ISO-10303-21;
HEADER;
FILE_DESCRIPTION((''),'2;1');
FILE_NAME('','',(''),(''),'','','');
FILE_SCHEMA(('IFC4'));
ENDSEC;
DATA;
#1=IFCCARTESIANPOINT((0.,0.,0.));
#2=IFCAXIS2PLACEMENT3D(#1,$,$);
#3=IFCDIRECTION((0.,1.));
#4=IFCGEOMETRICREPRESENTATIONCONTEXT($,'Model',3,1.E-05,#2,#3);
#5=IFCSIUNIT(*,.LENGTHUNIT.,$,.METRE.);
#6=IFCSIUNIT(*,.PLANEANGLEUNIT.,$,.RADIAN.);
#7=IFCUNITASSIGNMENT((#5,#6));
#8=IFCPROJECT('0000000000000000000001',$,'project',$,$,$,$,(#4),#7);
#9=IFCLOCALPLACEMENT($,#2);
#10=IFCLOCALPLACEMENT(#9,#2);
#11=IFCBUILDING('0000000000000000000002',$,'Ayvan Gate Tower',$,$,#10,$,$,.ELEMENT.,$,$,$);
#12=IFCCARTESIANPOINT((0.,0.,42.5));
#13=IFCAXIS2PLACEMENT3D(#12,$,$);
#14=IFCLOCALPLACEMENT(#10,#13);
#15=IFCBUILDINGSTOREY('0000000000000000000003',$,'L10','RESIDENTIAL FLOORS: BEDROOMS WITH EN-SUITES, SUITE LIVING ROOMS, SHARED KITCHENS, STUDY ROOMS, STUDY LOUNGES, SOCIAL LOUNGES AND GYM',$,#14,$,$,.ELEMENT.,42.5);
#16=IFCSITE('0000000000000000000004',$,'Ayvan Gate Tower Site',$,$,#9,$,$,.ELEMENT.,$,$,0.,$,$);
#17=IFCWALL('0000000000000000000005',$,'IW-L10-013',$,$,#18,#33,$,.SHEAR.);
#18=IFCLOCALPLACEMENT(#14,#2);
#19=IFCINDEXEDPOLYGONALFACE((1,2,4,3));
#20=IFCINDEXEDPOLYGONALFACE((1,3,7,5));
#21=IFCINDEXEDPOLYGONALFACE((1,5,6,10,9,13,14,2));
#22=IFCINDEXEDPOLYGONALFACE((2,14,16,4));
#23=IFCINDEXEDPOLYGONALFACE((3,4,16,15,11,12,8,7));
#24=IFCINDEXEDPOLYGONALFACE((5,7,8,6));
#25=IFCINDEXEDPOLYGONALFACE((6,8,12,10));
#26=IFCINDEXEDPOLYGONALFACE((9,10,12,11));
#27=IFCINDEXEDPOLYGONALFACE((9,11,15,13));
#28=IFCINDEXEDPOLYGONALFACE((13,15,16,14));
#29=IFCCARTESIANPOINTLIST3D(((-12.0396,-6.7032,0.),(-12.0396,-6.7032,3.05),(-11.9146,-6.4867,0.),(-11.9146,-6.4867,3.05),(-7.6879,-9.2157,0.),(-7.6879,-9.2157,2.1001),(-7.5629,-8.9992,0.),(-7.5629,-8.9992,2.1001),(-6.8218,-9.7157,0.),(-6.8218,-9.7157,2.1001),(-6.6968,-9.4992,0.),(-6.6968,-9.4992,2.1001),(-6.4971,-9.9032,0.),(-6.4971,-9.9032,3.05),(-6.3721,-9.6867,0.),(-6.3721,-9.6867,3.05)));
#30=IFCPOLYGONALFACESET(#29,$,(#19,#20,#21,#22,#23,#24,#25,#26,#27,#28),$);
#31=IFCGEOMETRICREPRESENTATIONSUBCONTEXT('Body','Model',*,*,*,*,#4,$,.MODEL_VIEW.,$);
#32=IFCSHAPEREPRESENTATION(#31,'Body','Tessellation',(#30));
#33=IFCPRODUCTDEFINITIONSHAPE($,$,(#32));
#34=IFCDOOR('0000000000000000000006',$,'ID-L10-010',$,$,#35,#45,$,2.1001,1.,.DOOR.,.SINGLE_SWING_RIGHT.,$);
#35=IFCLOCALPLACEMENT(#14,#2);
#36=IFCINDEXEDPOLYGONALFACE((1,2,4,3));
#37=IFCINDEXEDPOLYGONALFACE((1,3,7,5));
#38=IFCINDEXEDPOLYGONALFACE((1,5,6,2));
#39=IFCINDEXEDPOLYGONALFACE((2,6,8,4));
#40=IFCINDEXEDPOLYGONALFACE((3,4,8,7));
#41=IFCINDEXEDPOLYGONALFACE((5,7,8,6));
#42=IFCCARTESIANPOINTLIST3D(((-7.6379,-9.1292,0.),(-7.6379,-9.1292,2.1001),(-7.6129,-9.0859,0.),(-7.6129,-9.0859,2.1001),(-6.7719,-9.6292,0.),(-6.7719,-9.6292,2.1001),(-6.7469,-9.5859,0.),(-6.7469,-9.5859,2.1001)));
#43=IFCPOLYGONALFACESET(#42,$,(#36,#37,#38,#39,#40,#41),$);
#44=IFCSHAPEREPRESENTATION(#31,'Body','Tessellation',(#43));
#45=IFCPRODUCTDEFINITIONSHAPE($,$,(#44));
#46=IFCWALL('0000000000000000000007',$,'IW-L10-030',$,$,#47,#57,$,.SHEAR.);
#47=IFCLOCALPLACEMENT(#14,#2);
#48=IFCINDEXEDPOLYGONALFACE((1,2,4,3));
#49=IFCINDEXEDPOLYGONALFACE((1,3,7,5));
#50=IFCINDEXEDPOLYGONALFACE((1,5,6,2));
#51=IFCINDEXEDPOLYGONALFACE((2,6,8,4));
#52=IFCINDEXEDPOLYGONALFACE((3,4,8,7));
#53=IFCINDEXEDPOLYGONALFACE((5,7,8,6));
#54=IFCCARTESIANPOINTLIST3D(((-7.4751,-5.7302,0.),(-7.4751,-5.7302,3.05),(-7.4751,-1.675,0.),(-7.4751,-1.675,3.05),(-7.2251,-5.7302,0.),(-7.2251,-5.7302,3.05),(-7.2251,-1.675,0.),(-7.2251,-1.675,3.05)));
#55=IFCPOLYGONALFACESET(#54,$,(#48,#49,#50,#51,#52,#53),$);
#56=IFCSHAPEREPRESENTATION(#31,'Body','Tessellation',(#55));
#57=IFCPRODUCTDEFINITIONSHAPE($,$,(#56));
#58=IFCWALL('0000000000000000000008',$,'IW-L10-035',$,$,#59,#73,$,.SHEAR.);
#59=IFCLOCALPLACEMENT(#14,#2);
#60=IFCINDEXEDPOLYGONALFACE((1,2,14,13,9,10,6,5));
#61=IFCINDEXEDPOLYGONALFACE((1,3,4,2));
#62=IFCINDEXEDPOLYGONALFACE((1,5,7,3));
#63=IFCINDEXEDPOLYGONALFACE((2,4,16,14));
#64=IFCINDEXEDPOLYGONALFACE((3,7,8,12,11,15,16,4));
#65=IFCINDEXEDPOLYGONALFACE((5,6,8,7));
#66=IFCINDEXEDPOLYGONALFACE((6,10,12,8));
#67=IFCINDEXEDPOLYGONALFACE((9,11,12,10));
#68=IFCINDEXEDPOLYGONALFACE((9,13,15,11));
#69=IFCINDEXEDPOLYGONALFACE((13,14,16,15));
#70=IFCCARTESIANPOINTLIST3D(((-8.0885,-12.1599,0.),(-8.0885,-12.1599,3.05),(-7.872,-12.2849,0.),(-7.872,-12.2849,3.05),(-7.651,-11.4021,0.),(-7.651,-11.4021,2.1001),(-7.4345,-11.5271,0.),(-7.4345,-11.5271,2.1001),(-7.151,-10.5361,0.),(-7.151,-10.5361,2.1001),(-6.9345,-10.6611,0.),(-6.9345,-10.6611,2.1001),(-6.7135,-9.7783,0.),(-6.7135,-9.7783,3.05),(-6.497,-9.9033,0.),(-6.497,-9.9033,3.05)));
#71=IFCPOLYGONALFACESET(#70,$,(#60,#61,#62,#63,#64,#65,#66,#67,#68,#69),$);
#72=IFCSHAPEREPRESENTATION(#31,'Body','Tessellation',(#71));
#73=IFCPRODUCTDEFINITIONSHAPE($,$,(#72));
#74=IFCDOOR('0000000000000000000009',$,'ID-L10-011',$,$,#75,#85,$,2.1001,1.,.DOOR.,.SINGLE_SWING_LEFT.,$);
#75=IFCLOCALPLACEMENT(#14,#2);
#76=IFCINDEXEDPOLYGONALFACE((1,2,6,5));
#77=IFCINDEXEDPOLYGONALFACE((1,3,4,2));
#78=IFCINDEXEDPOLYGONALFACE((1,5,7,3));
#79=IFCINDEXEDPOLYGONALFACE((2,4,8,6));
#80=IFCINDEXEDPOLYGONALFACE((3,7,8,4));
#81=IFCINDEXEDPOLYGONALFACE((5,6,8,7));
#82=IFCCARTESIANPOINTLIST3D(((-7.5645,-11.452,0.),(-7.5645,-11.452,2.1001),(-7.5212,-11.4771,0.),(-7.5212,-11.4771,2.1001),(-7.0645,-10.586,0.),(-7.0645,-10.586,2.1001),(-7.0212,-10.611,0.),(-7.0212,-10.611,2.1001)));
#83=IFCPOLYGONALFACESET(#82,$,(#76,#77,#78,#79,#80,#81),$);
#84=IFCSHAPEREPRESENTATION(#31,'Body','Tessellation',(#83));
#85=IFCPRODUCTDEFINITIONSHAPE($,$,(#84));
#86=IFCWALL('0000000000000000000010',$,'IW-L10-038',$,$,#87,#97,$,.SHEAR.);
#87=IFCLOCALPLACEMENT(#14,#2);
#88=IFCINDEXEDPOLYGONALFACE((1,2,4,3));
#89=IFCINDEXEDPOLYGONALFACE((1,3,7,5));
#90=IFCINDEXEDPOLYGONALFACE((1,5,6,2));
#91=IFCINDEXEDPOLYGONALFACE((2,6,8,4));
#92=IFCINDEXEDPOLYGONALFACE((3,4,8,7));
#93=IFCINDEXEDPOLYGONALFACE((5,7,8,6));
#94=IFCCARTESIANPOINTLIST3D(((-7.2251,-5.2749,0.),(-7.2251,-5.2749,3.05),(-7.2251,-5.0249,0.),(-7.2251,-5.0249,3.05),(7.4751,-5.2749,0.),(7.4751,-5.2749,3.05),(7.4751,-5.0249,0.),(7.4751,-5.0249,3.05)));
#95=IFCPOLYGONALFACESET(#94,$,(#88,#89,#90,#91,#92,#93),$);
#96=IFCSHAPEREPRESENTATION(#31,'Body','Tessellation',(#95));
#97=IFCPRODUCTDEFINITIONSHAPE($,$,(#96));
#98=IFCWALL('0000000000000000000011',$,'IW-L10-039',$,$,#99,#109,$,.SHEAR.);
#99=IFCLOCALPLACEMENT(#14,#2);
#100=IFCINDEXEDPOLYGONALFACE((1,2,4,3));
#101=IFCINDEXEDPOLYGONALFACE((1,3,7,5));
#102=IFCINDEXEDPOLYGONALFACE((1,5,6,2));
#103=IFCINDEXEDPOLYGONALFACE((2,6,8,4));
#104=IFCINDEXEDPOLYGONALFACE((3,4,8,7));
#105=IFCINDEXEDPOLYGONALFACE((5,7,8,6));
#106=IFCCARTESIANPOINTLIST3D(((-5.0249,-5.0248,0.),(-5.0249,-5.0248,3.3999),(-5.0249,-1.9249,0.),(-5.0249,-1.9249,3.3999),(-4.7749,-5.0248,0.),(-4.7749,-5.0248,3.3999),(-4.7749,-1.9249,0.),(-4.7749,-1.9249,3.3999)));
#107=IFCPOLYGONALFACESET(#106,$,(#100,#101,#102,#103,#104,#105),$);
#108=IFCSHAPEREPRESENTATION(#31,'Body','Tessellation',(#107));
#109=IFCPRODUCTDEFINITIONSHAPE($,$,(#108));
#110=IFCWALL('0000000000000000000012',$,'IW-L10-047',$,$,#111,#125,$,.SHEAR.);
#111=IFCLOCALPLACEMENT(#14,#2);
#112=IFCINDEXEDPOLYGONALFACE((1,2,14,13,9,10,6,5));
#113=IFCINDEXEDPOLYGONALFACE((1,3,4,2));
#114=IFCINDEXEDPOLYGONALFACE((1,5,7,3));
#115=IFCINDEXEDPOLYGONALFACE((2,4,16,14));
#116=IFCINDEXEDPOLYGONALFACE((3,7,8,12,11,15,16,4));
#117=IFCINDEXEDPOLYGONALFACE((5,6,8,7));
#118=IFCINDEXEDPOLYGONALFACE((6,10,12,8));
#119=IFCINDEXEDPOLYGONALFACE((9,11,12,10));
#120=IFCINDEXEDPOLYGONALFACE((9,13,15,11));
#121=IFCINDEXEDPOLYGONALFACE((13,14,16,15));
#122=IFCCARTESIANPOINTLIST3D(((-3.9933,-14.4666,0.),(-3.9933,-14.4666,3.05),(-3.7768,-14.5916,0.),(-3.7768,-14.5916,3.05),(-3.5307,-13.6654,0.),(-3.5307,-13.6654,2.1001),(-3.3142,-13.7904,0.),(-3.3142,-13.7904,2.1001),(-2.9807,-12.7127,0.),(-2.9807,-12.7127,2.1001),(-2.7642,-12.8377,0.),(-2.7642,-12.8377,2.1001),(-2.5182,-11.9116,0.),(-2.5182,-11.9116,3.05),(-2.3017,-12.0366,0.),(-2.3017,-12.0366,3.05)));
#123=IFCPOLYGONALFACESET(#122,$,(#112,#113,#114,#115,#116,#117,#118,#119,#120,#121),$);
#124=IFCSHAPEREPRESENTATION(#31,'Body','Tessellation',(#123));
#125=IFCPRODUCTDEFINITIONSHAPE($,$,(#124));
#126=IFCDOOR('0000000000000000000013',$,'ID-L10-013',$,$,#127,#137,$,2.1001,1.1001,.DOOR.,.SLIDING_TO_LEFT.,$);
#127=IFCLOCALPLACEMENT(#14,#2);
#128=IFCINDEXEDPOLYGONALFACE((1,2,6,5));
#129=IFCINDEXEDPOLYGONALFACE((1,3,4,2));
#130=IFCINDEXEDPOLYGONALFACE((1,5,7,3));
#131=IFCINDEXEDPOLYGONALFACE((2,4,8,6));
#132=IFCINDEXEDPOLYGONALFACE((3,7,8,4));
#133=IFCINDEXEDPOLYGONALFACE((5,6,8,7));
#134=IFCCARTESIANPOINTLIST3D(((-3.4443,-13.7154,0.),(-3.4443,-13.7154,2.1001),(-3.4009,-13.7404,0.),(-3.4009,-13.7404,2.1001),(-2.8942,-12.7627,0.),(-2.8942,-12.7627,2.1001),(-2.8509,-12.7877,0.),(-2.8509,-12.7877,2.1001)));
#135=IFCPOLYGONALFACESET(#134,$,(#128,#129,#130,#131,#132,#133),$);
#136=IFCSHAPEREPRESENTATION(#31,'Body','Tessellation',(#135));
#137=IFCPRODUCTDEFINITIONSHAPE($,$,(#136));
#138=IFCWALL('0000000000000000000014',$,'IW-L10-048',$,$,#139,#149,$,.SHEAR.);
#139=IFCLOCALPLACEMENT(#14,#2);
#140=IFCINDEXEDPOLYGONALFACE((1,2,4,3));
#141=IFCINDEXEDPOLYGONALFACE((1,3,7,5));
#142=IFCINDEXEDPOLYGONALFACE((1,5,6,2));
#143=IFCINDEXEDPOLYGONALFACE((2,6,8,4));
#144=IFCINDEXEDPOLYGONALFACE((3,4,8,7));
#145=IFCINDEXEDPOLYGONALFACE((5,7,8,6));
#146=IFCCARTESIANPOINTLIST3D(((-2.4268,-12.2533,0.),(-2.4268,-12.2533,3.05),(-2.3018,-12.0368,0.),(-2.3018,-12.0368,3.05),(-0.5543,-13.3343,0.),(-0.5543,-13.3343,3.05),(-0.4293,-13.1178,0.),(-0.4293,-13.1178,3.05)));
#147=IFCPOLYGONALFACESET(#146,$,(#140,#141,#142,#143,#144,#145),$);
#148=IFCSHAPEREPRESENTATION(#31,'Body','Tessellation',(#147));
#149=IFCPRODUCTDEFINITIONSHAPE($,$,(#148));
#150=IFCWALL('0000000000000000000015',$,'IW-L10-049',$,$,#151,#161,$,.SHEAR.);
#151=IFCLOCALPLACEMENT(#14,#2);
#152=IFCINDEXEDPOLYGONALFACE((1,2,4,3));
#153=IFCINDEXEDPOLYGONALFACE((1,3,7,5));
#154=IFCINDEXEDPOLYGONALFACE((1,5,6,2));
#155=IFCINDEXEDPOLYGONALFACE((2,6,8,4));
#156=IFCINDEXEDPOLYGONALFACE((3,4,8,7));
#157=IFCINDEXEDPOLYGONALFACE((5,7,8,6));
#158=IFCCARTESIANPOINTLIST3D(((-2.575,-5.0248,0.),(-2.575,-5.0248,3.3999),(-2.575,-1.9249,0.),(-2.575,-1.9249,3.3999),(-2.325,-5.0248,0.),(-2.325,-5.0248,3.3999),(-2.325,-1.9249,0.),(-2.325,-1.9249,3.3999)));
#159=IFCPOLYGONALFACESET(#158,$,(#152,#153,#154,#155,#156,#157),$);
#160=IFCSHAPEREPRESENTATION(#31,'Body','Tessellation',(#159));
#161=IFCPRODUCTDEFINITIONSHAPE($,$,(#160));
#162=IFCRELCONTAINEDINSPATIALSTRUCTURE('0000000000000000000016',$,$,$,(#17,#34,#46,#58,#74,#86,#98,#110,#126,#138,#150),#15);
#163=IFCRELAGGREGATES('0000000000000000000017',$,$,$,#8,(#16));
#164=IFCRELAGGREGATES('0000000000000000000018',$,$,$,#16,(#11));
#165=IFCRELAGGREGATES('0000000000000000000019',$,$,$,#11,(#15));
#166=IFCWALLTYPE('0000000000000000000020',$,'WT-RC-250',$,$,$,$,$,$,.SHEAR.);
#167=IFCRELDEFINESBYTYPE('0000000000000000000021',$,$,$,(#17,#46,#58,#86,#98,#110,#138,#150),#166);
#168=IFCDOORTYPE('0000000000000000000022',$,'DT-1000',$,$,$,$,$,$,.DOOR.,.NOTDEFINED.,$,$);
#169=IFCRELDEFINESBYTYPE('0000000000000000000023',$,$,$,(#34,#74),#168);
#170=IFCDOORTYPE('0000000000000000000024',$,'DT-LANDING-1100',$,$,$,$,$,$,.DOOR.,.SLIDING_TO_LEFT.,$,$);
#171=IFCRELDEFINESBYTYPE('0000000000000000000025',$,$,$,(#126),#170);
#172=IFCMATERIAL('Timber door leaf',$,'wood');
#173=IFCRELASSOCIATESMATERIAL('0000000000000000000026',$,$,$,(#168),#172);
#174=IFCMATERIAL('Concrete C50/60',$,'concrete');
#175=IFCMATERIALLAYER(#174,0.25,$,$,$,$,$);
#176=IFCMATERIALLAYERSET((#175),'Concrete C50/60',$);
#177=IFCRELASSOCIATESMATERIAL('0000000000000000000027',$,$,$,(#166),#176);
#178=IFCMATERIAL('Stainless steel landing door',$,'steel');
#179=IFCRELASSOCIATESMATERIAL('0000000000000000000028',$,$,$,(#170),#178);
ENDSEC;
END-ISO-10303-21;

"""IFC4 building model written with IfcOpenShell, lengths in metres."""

from ifc_helpers import new_model, si_unit, direction, frame, frame_2d, origin, place, context, subcontext, project, spatial, rectangle, extrude, material, layer, layer_set, type_object, element, fill, save


model = new_model("IFC4")

# Units and contexts
model_context = context("Model", 3, precision=1e-05, world=origin(), true_north=direction((0.0, 1.0)))
body_context = subcontext(model_context, "Body", "Model", "MODEL_VIEW")
ifc_project = project(units=[si_unit("LENGTHUNIT", "METRE"), si_unit("PLANEANGLEUNIT", "RADIAN")], contexts=[model_context])

# Site, building, storey
site_placement = place(None, origin())
site = spatial("IfcSite", under=ifc_project, at=site_placement, Name="Ayvan Gate Tower Site", CompositionType="ELEMENT", RefElevation=0.0)
building_placement = place(site_placement, origin())
building = spatial("IfcBuilding", under=site, at=building_placement, Name="Ayvan Gate Tower", CompositionType="ELEMENT")
storey_placement = place(building_placement, frame((0.0, 0.0, 42.5)))
storey = spatial("IfcBuildingStorey", under=building, at=storey_placement, Name="L10", Description="RESIDENTIAL FLOORS: BEDROOMS WITH EN-SUITES, SUITE LIVING ROOMS, SHARED KITCHENS, STUDY ROOMS, STUDY LOUNGES, SOCIAL LOUNGES AND GYM", CompositionType="ELEMENT", Elevation=42.5)

# Shared definitions
ifc_material_1 = material(Name="Timber door leaf", Category="wood")

# Shared definitions
door_type_1 = type_object("IfcDoorType", Name="DT-1000", OperationType="NOTDEFINED", PredefinedType="DOOR", material=ifc_material_1)

# Shared definitions
ifc_material_2 = material(Name="Concrete C50/60", Category="concrete")
ifc_layer_1 = layer(ifc_material_2, 0.25)
ifc_layer_set_1 = layer_set([ifc_layer_1], Name="Concrete C50/60")
wall_type_1 = type_object("IfcWallType", Name="WT-RC-250", PredefinedType="SHEAR", material=ifc_layer_set_1)

# Wall, opening, door
wall_1_placement = place(storey_placement, frame((-11.9771, -6.595, 0.0), z_axis=(0.0, 0.0, 1.0), x_axis=(0.866025, -0.5, 0.0)))
wall_1 = element("IfcWall", 1, at=wall_1_placement, inside=storey, type_object=wall_type_1, Name="IW-L10-013", PredefinedType="SHEAR", context=body_context, shape_type="SweptSolid", body=[
    extrude(rectangle(XDim=6.3999, YDim=0.25, at=frame_2d((3.2, 0.0))), origin(), (0.0, 0.0, 1.0), 3.05),
])
opening_1_placement = place(wall_1_placement, frame((5.0249, 0.0, 0.0)))
opening_1 = element("IfcOpeningElement", 2, at=opening_1_placement, cuts=wall_1, PredefinedType="OPENING", context=body_context, shape_type="SweptSolid", body=[
    extrude(rectangle(XDim=1.0, YDim=2.1001, at=frame_2d((0.5, 1.05))), frame((0.0, 0.135, 0.0), z_axis=(0.0, -1.0, 0.0), x_axis=(1.0, 0.0, 0.0)), (0.0, 0.0, 1.0), 0.27),
])
door_1_placement = place(opening_1_placement, origin())
door_1 = element("IfcDoor", 3, at=door_1_placement, inside=storey, type_object=door_type_1, Name="ID-L10-010", OperationType="SINGLE_SWING_RIGHT", OverallHeight=2.1001, OverallWidth=1.0, PredefinedType="DOOR", context=body_context, shape_type="SweptSolid", body=[
    extrude(rectangle(XDim=1.0, YDim=2.1001, at=frame_2d((0.5, 1.05))), frame((0.0, 0.0249, 0.0), z_axis=(0.0, -1.0, 0.0), x_axis=(1.0, 0.0, 0.0)), (0.0, 0.0, 1.0), 0.05),
])
fill(opening_1, door_1)

# Wall
wall_2_placement = place(storey_placement, frame((-7.3501, -5.7302, 0.0), z_axis=(0.0, 0.0, 1.0), x_axis=(0.0, 1.0, 0.0)))
element("IfcWall", 4, at=wall_2_placement, inside=storey, type_object=wall_type_1, Name="IW-L10-030", PredefinedType="SHEAR", context=body_context, shape_type="SweptSolid", body=[
    extrude(rectangle(XDim=4.0552, YDim=0.25, at=frame_2d((2.0276, 0.0))), origin(), (0.0, 0.0, 1.0), 3.05),
])

# Wall, opening, door
wall_3_placement = place(storey_placement, frame((-6.6052, -9.8408, 0.0), z_axis=(0.0, 0.0, 1.0), x_axis=(-0.499997, -0.866027, 0.0)))
wall_3 = element("IfcWall", 5, at=wall_3_placement, inside=storey, type_object=wall_type_1, Name="IW-L10-035", PredefinedType="SHEAR", context=body_context, shape_type="SweptSolid", body=[
    extrude(rectangle(XDim=2.75, YDim=0.25, at=frame_2d((1.375, 0.0))), origin(), (0.0, 0.0, 1.0), 3.05),
])
opening_2_placement = place(wall_3_placement, frame((0.875, 0.0, 0.0)))
opening_2 = element("IfcOpeningElement", 6, at=opening_2_placement, cuts=wall_3, PredefinedType="OPENING", context=body_context, shape_type="SweptSolid", body=[
    extrude(rectangle(XDim=1.0, YDim=2.1001, at=frame_2d((0.5, 1.05))), frame((0.0, 0.135, 0.0), z_axis=(0.0, -1.0, 0.0), x_axis=(1.0, 0.0, 0.0)), (0.0, 0.0, 1.0), 0.27),
])
door_2_placement = place(opening_2_placement, origin())
door_2 = element("IfcDoor", 7, at=door_2_placement, inside=storey, type_object=door_type_1, Name="ID-L10-011", OperationType="SINGLE_SWING_LEFT", OverallHeight=2.1001, OverallWidth=1.0, PredefinedType="DOOR", context=body_context, shape_type="SweptSolid", body=[
    extrude(rectangle(XDim=1.0, YDim=2.1001, at=frame_2d((0.5, 1.05))), frame((0.0, 0.0249, 0.0), z_axis=(0.0, -1.0, 0.0), x_axis=(1.0, 0.0, 0.0)), (0.0, 0.0, 1.0), 0.05),
])
fill(opening_2, door_2)

# Walls
wall_4_placement = place(storey_placement, frame((-7.2251, -5.1499, 0.0), z_axis=(0.0, 0.0, 1.0), x_axis=(1.0, 0.0, 0.0)))
element("IfcWall", 8, at=wall_4_placement, inside=storey, type_object=wall_type_1, Name="IW-L10-038", PredefinedType="SHEAR", context=body_context, shape_type="SweptSolid", body=[
    extrude(rectangle(XDim=14.7002, YDim=0.25, at=frame_2d((7.3501, 0.0))), origin(), (0.0, 0.0, 1.0), 3.05),
])
wall_5_placement = place(storey_placement, frame((-4.8999, -1.925, 0.0), z_axis=(0.0, 0.0, 1.0), x_axis=(0.0, -1.0, 0.0)))
element("IfcWall", 9, at=wall_5_placement, inside=storey, type_object=wall_type_1, Name="IW-L10-039", PredefinedType="SHEAR", context=body_context, shape_type="SweptSolid", body=[
    extrude(rectangle(XDim=3.0999, YDim=0.25, at=frame_2d((1.5498, 0.0))), origin(), (0.0, 0.0, 1.0), 3.3999),
])

# Wall, opening, door
wall_6_placement = place(storey_placement, frame((-2.4099, -11.9741, 0.0), z_axis=(0.0, 0.0, 1.0), x_axis=(-0.500002, -0.866024, 0.0)))
wall_6 = element("IfcWall", 10, at=wall_6_placement, inside=storey, type_object=wall_type_1, Name="IW-L10-047", PredefinedType="SHEAR", context=body_context, shape_type="SweptSolid", body=[
    extrude(rectangle(XDim=2.9502, YDim=0.25, at=frame_2d((1.4751, 0.0))), origin(), (0.0, 0.0, 1.0), 3.05),
])
opening_3_placement = place(wall_6_placement, frame((0.925, 0.0, 0.0)))
opening_3 = element("IfcOpeningElement", 11, at=opening_3_placement, cuts=wall_6, PredefinedType="OPENING", context=body_context, shape_type="SweptSolid", body=[
    extrude(rectangle(XDim=1.1001, YDim=2.1001, at=frame_2d((0.55, 1.05))), frame((0.0, 0.135, 0.0), z_axis=(0.0, -1.0, 0.0), x_axis=(1.0, 0.0, 0.0)), (0.0, 0.0, 1.0), 0.27),
])
ifc_material_3 = material(Name="Stainless steel landing door", Category="steel")
door_type_2 = type_object("IfcDoorType", Name="DT-LANDING-1100", OperationType="SLIDING_TO_LEFT", PredefinedType="DOOR", material=ifc_material_3)
door_3_placement = place(opening_3_placement, origin())
door_3 = element("IfcDoor", 12, at=door_3_placement, inside=storey, type_object=door_type_2, Name="ID-L10-013", OperationType="SLIDING_TO_LEFT", OverallHeight=2.1001, OverallWidth=1.1001, PredefinedType="DOOR", context=body_context, shape_type="SweptSolid", body=[
    extrude(rectangle(XDim=1.1001, YDim=2.1001, at=frame_2d((0.55, 1.05))), frame((0.0, 0.0249, 0.0), z_axis=(0.0, -1.0, 0.0), x_axis=(1.0, 0.0, 0.0)), (0.0, 0.0, 1.0), 0.05),
])
fill(opening_3, door_3)

# Walls
wall_7_placement = place(storey_placement, frame((-2.3643, -12.145, 0.0), z_axis=(0.0, 0.0, 1.0), x_axis=(0.866039, -0.499977, 0.0)))
element("IfcWall", 13, at=wall_7_placement, inside=storey, type_object=wall_type_1, Name="IW-L10-048", PredefinedType="SHEAR", context=body_context, shape_type="SweptSolid", body=[
    extrude(rectangle(XDim=2.1621, YDim=0.25, at=frame_2d((1.0811, 0.0))), origin(), (0.0, 0.0, 1.0), 3.05),
])
wall_8_placement = place(storey_placement, frame((-2.45, -1.925, 0.0), z_axis=(0.0, 0.0, 1.0), x_axis=(0.0, -1.0, 0.0)))
element("IfcWall", 14, at=wall_8_placement, inside=storey, type_object=wall_type_1, Name="IW-L10-049", PredefinedType="SHEAR", context=body_context, shape_type="SweptSolid", body=[
    extrude(rectangle(XDim=3.0999, YDim=0.25, at=frame_2d((1.5498, 0.0))), origin(), (0.0, 0.0, 1.0), 3.3999),
])

save(model, "model.ifc")
